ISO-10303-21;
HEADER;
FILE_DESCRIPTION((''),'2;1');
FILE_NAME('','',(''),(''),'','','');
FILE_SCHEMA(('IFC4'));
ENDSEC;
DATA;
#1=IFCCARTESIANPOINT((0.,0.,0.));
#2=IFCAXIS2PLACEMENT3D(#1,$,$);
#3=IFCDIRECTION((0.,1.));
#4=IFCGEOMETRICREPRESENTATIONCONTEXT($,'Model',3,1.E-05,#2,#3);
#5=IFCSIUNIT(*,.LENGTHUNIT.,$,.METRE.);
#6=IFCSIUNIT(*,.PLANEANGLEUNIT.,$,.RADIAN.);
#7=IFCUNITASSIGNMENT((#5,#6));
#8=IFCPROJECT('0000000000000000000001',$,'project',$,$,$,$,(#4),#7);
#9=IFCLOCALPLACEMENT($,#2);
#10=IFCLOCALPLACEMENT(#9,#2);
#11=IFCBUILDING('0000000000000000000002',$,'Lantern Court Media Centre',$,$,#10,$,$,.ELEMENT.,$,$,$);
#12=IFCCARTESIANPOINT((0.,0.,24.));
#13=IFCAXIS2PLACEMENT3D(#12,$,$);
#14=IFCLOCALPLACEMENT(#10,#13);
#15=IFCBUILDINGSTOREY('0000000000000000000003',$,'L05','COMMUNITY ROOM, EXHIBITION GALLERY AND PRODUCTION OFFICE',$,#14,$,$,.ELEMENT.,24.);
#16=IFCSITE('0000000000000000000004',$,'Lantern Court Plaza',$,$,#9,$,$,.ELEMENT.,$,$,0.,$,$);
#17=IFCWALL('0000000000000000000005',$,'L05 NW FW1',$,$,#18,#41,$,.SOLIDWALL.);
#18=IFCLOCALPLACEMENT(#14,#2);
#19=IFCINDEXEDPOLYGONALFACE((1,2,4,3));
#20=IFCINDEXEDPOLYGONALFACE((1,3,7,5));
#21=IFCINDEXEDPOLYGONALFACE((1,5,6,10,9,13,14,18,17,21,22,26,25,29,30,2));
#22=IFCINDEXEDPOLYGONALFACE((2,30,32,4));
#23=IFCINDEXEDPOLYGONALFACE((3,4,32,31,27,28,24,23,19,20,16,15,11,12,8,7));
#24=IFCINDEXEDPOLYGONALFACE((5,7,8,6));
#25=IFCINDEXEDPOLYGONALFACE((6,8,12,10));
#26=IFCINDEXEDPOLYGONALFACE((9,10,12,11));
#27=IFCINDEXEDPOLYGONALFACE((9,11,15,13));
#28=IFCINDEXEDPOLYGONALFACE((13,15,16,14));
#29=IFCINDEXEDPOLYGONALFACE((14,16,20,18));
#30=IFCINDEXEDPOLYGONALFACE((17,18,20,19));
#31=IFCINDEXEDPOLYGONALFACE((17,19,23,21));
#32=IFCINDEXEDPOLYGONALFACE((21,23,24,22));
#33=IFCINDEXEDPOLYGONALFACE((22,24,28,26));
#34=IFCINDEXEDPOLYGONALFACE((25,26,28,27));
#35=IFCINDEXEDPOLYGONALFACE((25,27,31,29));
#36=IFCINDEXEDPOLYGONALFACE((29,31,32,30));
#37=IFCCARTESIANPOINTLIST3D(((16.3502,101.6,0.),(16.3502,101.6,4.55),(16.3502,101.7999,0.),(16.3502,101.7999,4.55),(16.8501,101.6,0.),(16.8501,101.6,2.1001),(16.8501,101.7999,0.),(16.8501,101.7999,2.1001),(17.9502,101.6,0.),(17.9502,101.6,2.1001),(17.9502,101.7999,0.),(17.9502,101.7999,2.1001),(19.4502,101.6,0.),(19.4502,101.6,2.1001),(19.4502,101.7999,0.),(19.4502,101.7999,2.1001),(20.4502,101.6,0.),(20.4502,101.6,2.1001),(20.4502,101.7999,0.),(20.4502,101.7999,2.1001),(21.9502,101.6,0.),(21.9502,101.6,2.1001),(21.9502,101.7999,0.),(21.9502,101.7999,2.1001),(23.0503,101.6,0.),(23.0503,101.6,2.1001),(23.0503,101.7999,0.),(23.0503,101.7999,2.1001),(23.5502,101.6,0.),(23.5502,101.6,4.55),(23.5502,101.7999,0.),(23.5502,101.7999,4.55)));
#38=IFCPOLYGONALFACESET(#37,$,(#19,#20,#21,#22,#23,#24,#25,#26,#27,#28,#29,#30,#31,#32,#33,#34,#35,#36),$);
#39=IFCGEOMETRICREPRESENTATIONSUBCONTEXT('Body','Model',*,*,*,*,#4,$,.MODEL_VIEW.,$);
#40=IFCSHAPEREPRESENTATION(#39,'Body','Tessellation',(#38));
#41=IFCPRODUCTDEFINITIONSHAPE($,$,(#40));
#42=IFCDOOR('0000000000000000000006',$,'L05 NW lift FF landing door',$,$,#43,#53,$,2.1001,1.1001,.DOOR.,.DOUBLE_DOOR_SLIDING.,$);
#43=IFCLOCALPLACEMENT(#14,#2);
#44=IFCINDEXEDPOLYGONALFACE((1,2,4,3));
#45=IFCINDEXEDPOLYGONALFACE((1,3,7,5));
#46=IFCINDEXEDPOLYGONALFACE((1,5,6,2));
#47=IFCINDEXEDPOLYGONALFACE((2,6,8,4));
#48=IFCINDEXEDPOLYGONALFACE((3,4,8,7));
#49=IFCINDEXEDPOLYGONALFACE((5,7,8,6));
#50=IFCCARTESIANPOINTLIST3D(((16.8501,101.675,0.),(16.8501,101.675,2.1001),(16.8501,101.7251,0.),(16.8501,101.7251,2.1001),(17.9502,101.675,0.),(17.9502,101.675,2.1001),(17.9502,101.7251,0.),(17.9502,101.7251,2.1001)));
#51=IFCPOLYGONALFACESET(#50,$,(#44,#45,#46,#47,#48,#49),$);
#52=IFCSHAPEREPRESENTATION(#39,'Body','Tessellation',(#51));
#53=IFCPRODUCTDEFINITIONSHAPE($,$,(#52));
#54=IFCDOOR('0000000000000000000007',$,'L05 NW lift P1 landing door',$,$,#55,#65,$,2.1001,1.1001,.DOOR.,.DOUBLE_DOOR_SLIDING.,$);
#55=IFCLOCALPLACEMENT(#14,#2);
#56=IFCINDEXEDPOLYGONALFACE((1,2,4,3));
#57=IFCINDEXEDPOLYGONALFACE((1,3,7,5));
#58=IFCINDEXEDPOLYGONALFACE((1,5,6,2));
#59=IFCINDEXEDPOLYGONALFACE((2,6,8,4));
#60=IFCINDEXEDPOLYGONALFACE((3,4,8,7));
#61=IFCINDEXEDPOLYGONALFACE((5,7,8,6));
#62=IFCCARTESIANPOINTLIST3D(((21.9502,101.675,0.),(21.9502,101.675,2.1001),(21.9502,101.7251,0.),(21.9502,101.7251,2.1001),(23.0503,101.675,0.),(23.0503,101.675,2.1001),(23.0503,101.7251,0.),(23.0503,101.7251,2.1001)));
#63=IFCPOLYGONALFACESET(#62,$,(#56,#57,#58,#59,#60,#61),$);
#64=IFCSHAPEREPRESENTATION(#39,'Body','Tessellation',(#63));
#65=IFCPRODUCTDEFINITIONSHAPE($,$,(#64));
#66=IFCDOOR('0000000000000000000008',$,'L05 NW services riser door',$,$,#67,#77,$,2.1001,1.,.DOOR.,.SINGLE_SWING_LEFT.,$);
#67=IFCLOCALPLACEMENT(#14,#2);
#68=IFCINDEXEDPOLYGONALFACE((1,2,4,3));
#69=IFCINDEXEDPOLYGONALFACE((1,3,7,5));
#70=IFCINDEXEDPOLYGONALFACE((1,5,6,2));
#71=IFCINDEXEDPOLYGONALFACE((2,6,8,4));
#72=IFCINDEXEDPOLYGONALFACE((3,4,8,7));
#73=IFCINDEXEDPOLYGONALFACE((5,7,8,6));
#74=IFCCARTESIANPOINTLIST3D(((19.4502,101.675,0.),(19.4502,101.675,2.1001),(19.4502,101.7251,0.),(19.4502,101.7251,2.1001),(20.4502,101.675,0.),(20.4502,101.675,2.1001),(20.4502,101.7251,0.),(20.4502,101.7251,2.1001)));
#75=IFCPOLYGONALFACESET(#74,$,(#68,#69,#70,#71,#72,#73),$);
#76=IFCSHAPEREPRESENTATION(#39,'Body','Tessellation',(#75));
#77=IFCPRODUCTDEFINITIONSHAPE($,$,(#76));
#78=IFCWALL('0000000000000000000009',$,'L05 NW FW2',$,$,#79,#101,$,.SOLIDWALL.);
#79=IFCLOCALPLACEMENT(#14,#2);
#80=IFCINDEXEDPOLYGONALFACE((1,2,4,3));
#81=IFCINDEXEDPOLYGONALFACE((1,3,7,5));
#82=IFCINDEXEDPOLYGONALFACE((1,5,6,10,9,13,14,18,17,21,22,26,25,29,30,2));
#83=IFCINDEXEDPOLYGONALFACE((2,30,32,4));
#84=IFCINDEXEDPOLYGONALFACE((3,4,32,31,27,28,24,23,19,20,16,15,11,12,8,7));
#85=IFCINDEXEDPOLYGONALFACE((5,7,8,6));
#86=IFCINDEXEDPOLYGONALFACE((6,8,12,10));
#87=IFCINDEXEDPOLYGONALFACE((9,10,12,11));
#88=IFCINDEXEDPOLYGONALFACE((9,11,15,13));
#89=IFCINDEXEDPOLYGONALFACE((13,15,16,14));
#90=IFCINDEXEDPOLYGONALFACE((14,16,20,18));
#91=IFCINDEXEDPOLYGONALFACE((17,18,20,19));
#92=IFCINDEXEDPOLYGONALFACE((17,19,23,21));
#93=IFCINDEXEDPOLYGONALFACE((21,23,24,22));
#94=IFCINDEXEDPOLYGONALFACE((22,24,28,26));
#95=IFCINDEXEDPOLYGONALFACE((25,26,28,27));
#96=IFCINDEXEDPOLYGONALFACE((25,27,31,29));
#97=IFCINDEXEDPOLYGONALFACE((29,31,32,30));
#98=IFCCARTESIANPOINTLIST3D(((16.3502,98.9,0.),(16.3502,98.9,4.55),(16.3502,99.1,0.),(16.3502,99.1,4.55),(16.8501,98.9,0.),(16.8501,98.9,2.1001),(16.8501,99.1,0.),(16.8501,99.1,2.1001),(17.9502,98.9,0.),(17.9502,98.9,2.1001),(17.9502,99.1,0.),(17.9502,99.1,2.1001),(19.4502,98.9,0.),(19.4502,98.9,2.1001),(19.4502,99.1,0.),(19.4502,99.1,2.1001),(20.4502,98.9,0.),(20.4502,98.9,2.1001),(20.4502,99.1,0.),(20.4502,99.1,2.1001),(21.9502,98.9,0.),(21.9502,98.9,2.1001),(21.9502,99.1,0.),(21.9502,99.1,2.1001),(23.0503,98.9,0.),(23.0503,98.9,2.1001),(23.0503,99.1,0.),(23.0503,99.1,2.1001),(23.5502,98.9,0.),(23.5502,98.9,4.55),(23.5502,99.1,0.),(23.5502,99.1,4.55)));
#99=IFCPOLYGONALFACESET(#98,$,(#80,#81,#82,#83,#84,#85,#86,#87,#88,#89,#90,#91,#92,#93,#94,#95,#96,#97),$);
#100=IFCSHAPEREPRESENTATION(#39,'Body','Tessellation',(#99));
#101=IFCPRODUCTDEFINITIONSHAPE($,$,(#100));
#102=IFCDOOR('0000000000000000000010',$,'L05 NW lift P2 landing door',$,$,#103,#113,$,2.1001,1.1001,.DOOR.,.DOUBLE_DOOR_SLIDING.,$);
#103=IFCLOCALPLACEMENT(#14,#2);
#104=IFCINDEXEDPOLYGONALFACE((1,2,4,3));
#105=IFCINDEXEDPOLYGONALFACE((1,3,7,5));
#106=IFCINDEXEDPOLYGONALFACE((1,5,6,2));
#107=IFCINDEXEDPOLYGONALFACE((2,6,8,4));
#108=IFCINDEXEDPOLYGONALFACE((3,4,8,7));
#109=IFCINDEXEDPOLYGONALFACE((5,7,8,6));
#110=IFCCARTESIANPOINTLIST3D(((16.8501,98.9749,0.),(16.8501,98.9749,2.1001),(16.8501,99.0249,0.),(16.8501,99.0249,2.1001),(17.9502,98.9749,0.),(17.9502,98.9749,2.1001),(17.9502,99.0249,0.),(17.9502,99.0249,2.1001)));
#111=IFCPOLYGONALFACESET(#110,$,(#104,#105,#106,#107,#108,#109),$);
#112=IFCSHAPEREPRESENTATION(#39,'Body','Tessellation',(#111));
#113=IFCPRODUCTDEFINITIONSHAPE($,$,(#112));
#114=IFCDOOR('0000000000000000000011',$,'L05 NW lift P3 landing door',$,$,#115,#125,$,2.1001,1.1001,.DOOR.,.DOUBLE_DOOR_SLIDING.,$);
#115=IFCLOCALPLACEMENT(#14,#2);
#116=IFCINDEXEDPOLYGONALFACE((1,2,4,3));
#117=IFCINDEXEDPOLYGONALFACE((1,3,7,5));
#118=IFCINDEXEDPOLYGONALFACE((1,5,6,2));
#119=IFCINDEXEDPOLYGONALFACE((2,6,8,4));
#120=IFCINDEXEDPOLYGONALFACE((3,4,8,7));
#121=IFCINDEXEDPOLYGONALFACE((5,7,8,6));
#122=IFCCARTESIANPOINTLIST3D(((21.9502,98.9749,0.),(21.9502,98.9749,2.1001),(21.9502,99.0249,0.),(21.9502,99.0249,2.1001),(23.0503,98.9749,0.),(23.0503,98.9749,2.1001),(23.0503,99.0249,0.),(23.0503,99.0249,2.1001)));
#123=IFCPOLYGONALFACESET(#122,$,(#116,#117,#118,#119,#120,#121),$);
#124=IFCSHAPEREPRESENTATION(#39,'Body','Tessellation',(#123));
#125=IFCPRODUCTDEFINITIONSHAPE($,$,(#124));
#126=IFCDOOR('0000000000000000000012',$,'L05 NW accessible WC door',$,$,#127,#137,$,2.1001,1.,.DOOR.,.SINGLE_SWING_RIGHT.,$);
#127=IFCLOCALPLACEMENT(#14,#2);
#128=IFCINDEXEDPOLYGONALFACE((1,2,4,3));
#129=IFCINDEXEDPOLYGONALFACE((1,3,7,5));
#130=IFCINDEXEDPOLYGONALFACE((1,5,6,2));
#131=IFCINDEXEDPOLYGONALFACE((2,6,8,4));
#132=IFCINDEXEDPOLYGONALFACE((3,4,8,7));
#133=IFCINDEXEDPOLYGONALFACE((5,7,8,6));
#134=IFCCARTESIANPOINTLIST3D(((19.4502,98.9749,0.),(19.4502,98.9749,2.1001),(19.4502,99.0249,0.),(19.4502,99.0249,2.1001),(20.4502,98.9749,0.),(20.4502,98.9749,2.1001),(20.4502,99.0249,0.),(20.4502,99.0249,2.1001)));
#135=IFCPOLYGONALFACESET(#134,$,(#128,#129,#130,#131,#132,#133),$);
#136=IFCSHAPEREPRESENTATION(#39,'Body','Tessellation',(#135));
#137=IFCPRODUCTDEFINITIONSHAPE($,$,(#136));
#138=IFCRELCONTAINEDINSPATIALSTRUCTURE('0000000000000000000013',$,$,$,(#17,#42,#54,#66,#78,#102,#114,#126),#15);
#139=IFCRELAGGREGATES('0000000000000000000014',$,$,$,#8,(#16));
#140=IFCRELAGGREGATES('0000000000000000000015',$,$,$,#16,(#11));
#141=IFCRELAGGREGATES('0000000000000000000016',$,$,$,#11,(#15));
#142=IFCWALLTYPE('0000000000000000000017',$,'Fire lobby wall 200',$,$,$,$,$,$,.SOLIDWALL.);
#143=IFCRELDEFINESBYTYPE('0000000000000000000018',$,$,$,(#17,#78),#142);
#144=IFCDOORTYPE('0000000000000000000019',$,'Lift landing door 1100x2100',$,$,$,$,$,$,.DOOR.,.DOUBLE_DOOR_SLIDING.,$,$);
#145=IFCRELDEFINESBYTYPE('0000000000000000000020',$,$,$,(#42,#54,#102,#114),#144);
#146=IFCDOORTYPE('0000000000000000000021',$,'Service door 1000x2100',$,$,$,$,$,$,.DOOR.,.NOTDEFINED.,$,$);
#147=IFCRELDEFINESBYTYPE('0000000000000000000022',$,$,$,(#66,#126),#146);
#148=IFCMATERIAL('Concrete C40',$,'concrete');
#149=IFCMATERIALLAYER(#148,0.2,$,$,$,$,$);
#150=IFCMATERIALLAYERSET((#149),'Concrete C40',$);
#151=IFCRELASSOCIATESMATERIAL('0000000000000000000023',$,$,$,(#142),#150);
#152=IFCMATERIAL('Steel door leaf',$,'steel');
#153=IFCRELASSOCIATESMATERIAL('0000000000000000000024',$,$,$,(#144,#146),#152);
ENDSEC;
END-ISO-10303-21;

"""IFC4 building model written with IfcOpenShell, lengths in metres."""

from ifc_helpers import new_model, si_unit, direction, frame, frame_2d, origin, place, context, subcontext, project, spatial, rectangle, extrude, material, layer, layer_set, type_object, element, fill, save


model = new_model("IFC4")

# Units and contexts
model_context = context("Model", 3, precision=1e-05, world=origin(), true_north=direction((0.0, 1.0)))
body_context = subcontext(model_context, "Body", "Model", "MODEL_VIEW")
ifc_project = project(units=[si_unit("LENGTHUNIT", "METRE"), si_unit("PLANEANGLEUNIT", "RADIAN")], contexts=[model_context])

# Site, building, storey
site_placement = place(None, origin())
site = spatial("IfcSite", under=ifc_project, at=site_placement, Name="Lantern Court Plaza", CompositionType="ELEMENT", RefElevation=0.0)
building_placement = place(site_placement, origin())
building = spatial("IfcBuilding", under=site, at=building_placement, Name="Lantern Court Media Centre", CompositionType="ELEMENT")
storey_placement = place(building_placement, frame((0.0, 0.0, 24.0)))
storey = spatial("IfcBuildingStorey", under=building, at=storey_placement, Name="L05", Description="COMMUNITY ROOM, EXHIBITION GALLERY AND PRODUCTION OFFICE", CompositionType="ELEMENT", Elevation=24.0)

# Walls, openings, doors
ifc_material_1 = material(Name="Concrete C40", Category="concrete")
ifc_layer_1 = layer(ifc_material_1, 0.2)
ifc_layer_set_1 = layer_set([ifc_layer_1], Name="Concrete C40")
wall_type_1 = type_object("IfcWallType", Name="Fire lobby wall 200", PredefinedType="SOLIDWALL", material=ifc_layer_set_1)
wall_1_placement = place(storey_placement, frame((16.3501, 101.7, 0.0), z_axis=(0.0, 0.0, 1.0), x_axis=(1.0, 0.0, 0.0)))
wall_1 = element("IfcWall", 1, at=wall_1_placement, inside=storey, type_object=wall_type_1, Name="L05 NW FW1", PredefinedType="SOLIDWALL", context=body_context, shape_type="SweptSolid", body=[
    extrude(rectangle(XDim=7.2, YDim=0.2, at=frame_2d((3.6001, 0.0))), origin(), (0.0, 0.0, 1.0), 4.55),
])
opening_1_placement = place(wall_1_placement, frame((0.5, 0.0, 0.0)))
opening_1 = element("IfcOpeningElement", 2, at=opening_1_placement, cuts=wall_1, PredefinedType="OPENING", context=body_context, shape_type="SweptSolid", body=[
    extrude(rectangle(XDim=1.1001, YDim=2.1001, at=frame_2d((0.55, 1.05))), frame((0.0, 0.1099, 0.0), z_axis=(0.0, -1.0, 0.0), x_axis=(1.0, 0.0, 0.0)), (0.0, 0.0, 1.0), 0.22),
])
opening_2_placement = place(wall_1_placement, frame((5.6001, 0.0, 0.0)))
opening_2 = element("IfcOpeningElement", 3, at=opening_2_placement, cuts=wall_1, PredefinedType="OPENING", context=body_context, shape_type="SweptSolid", body=[
    extrude(rectangle(XDim=1.1001, YDim=2.1001, at=frame_2d((0.55, 1.05))), frame((0.0, 0.1099, 0.0), z_axis=(0.0, -1.0, 0.0), x_axis=(1.0, 0.0, 0.0)), (0.0, 0.0, 1.0), 0.22),
])
opening_3_placement = place(wall_1_placement, frame((3.1001, 0.0, 0.0)))
opening_3 = element("IfcOpeningElement", 4, at=opening_3_placement, cuts=wall_1, PredefinedType="OPENING", context=body_context, shape_type="SweptSolid", body=[
    extrude(rectangle(XDim=1.0, YDim=2.1001, at=frame_2d((0.5, 1.05))), frame((0.0, 0.1099, 0.0), z_axis=(0.0, -1.0, 0.0), x_axis=(1.0, 0.0, 0.0)), (0.0, 0.0, 1.0), 0.22),
])
ifc_material_2 = material(Name="Steel door leaf", Category="steel")
door_type_1 = type_object("IfcDoorType", Name="Lift landing door 1100x2100", OperationType="DOUBLE_DOOR_SLIDING", PredefinedType="DOOR", material=ifc_material_2)
door_1_placement = place(opening_1_placement, frame((1.1001, 0.0, 0.0), z_axis=(0.0, 0.0, 1.0), x_axis=(-1.0, 0.0, 0.0)))
door_1 = element("IfcDoor", 5, at=door_1_placement, inside=storey, type_object=door_type_1, Name="L05 NW lift FF landing door", OperationType="DOUBLE_DOOR_SLIDING", OverallHeight=2.1001, OverallWidth=1.1001, PredefinedType="DOOR", context=body_context, shape_type="SweptSolid", body=[
    extrude(rectangle(XDim=1.1001, YDim=2.1001, at=frame_2d((0.55, 1.05))), frame((0.0, 0.0249, 0.0), z_axis=(0.0, -1.0, 0.0), x_axis=(1.0, 0.0, 0.0)), (0.0, 0.0, 1.0), 0.05),
])
fill(opening_1, door_1)
door_2_placement = place(opening_2_placement, frame((1.1001, 0.0, 0.0), z_axis=(0.0, 0.0, 1.0), x_axis=(-1.0, 0.0, 0.0)))
door_2 = element("IfcDoor", 6, at=door_2_placement, inside=storey, type_object=door_type_1, Name="L05 NW lift P1 landing door", OperationType="DOUBLE_DOOR_SLIDING", OverallHeight=2.1001, OverallWidth=1.1001, PredefinedType="DOOR", context=body_context, shape_type="SweptSolid", body=[
    extrude(rectangle(XDim=1.1001, YDim=2.1001, at=frame_2d((0.55, 1.05))), frame((0.0, 0.0249, 0.0), z_axis=(0.0, -1.0, 0.0), x_axis=(1.0, 0.0, 0.0)), (0.0, 0.0, 1.0), 0.05),
])
fill(opening_2, door_2)
door_type_2 = type_object("IfcDoorType", Name="Service door 1000x2100", OperationType="NOTDEFINED", PredefinedType="DOOR", material=ifc_material_2)
door_3_placement = place(opening_3_placement, frame((1.0, 0.0, 0.0), z_axis=(0.0, 0.0, 1.0), x_axis=(-1.0, 0.0, 0.0)))
door_3 = element("IfcDoor", 7, at=door_3_placement, inside=storey, type_object=door_type_2, Name="L05 NW services riser door", OperationType="SINGLE_SWING_LEFT", OverallHeight=2.1001, OverallWidth=1.0, PredefinedType="DOOR", context=body_context, shape_type="SweptSolid", body=[
    extrude(rectangle(XDim=1.0, YDim=2.1001, at=frame_2d((0.5, 1.05))), frame((0.0, 0.0249, 0.0), z_axis=(0.0, -1.0, 0.0), x_axis=(1.0, 0.0, 0.0)), (0.0, 0.0, 1.0), 0.05),
])
fill(opening_3, door_3)
wall_2_placement = place(storey_placement, frame((16.3501, 99.0, 0.0), z_axis=(0.0, 0.0, 1.0), x_axis=(1.0, 0.0, 0.0)))
wall_2 = element("IfcWall", 8, at=wall_2_placement, inside=storey, type_object=wall_type_1, Name="L05 NW FW2", PredefinedType="SOLIDWALL", context=body_context, shape_type="SweptSolid", body=[
    extrude(rectangle(XDim=7.2, YDim=0.2, at=frame_2d((3.6001, 0.0))), origin(), (0.0, 0.0, 1.0), 4.55),
])
opening_4_placement = place(wall_2_placement, frame((0.5, 0.0, 0.0)))
opening_4 = element("IfcOpeningElement", 9, at=opening_4_placement, cuts=wall_2, PredefinedType="OPENING", context=body_context, shape_type="SweptSolid", body=[
    extrude(rectangle(XDim=1.1001, YDim=2.1001, at=frame_2d((0.55, 1.05))), frame((0.0, 0.1099, 0.0), z_axis=(0.0, -1.0, 0.0), x_axis=(1.0, 0.0, 0.0)), (0.0, 0.0, 1.0), 0.22),
])
opening_5_placement = place(wall_2_placement, frame((5.6001, 0.0, 0.0)))
opening_5 = element("IfcOpeningElement", 10, at=opening_5_placement, cuts=wall_2, PredefinedType="OPENING", context=body_context, shape_type="SweptSolid", body=[
    extrude(rectangle(XDim=1.1001, YDim=2.1001, at=frame_2d((0.55, 1.05))), frame((0.0, 0.1099, 0.0), z_axis=(0.0, -1.0, 0.0), x_axis=(1.0, 0.0, 0.0)), (0.0, 0.0, 1.0), 0.22),
])
opening_6_placement = place(wall_2_placement, frame((3.1001, 0.0, 0.0)))
opening_6 = element("IfcOpeningElement", 11, at=opening_6_placement, cuts=wall_2, PredefinedType="OPENING", context=body_context, shape_type="SweptSolid", body=[
    extrude(rectangle(XDim=1.0, YDim=2.1001, at=frame_2d((0.5, 1.05))), frame((0.0, 0.1099, 0.0), z_axis=(0.0, -1.0, 0.0), x_axis=(1.0, 0.0, 0.0)), (0.0, 0.0, 1.0), 0.22),
])
door_4_placement = place(opening_4_placement, origin())
door_4 = element("IfcDoor", 12, at=door_4_placement, inside=storey, type_object=door_type_1, Name="L05 NW lift P2 landing door", OperationType="DOUBLE_DOOR_SLIDING", OverallHeight=2.1001, OverallWidth=1.1001, PredefinedType="DOOR", context=body_context, shape_type="SweptSolid", body=[
    extrude(rectangle(XDim=1.1001, YDim=2.1001, at=frame_2d((0.55, 1.05))), frame((0.0, 0.0249, 0.0), z_axis=(0.0, -1.0, 0.0), x_axis=(1.0, 0.0, 0.0)), (0.0, 0.0, 1.0), 0.05),
])
fill(opening_4, door_4)
door_5_placement = place(opening_5_placement, origin())
door_5 = element("IfcDoor", 13, at=door_5_placement, inside=storey, type_object=door_type_1, Name="L05 NW lift P3 landing door", OperationType="DOUBLE_DOOR_SLIDING", OverallHeight=2.1001, OverallWidth=1.1001, PredefinedType="DOOR", context=body_context, shape_type="SweptSolid", body=[
    extrude(rectangle(XDim=1.1001, YDim=2.1001, at=frame_2d((0.55, 1.05))), frame((0.0, 0.0249, 0.0), z_axis=(0.0, -1.0, 0.0), x_axis=(1.0, 0.0, 0.0)), (0.0, 0.0, 1.0), 0.05),
])
fill(opening_5, door_5)
door_6_placement = place(opening_6_placement, origin())
door_6 = element("IfcDoor", 14, at=door_6_placement, inside=storey, type_object=door_type_2, Name="L05 NW accessible WC door", OperationType="SINGLE_SWING_RIGHT", OverallHeight=2.1001, OverallWidth=1.0, PredefinedType="DOOR", context=body_context, shape_type="SweptSolid", body=[
    extrude(rectangle(XDim=1.0, YDim=2.1001, at=frame_2d((0.5, 1.05))), frame((0.0, 0.0249, 0.0), z_axis=(0.0, -1.0, 0.0), x_axis=(1.0, 0.0, 0.0)), (0.0, 0.0, 1.0), 0.05),
])
fill(opening_6, door_6)

save(model, "model.ifc")
